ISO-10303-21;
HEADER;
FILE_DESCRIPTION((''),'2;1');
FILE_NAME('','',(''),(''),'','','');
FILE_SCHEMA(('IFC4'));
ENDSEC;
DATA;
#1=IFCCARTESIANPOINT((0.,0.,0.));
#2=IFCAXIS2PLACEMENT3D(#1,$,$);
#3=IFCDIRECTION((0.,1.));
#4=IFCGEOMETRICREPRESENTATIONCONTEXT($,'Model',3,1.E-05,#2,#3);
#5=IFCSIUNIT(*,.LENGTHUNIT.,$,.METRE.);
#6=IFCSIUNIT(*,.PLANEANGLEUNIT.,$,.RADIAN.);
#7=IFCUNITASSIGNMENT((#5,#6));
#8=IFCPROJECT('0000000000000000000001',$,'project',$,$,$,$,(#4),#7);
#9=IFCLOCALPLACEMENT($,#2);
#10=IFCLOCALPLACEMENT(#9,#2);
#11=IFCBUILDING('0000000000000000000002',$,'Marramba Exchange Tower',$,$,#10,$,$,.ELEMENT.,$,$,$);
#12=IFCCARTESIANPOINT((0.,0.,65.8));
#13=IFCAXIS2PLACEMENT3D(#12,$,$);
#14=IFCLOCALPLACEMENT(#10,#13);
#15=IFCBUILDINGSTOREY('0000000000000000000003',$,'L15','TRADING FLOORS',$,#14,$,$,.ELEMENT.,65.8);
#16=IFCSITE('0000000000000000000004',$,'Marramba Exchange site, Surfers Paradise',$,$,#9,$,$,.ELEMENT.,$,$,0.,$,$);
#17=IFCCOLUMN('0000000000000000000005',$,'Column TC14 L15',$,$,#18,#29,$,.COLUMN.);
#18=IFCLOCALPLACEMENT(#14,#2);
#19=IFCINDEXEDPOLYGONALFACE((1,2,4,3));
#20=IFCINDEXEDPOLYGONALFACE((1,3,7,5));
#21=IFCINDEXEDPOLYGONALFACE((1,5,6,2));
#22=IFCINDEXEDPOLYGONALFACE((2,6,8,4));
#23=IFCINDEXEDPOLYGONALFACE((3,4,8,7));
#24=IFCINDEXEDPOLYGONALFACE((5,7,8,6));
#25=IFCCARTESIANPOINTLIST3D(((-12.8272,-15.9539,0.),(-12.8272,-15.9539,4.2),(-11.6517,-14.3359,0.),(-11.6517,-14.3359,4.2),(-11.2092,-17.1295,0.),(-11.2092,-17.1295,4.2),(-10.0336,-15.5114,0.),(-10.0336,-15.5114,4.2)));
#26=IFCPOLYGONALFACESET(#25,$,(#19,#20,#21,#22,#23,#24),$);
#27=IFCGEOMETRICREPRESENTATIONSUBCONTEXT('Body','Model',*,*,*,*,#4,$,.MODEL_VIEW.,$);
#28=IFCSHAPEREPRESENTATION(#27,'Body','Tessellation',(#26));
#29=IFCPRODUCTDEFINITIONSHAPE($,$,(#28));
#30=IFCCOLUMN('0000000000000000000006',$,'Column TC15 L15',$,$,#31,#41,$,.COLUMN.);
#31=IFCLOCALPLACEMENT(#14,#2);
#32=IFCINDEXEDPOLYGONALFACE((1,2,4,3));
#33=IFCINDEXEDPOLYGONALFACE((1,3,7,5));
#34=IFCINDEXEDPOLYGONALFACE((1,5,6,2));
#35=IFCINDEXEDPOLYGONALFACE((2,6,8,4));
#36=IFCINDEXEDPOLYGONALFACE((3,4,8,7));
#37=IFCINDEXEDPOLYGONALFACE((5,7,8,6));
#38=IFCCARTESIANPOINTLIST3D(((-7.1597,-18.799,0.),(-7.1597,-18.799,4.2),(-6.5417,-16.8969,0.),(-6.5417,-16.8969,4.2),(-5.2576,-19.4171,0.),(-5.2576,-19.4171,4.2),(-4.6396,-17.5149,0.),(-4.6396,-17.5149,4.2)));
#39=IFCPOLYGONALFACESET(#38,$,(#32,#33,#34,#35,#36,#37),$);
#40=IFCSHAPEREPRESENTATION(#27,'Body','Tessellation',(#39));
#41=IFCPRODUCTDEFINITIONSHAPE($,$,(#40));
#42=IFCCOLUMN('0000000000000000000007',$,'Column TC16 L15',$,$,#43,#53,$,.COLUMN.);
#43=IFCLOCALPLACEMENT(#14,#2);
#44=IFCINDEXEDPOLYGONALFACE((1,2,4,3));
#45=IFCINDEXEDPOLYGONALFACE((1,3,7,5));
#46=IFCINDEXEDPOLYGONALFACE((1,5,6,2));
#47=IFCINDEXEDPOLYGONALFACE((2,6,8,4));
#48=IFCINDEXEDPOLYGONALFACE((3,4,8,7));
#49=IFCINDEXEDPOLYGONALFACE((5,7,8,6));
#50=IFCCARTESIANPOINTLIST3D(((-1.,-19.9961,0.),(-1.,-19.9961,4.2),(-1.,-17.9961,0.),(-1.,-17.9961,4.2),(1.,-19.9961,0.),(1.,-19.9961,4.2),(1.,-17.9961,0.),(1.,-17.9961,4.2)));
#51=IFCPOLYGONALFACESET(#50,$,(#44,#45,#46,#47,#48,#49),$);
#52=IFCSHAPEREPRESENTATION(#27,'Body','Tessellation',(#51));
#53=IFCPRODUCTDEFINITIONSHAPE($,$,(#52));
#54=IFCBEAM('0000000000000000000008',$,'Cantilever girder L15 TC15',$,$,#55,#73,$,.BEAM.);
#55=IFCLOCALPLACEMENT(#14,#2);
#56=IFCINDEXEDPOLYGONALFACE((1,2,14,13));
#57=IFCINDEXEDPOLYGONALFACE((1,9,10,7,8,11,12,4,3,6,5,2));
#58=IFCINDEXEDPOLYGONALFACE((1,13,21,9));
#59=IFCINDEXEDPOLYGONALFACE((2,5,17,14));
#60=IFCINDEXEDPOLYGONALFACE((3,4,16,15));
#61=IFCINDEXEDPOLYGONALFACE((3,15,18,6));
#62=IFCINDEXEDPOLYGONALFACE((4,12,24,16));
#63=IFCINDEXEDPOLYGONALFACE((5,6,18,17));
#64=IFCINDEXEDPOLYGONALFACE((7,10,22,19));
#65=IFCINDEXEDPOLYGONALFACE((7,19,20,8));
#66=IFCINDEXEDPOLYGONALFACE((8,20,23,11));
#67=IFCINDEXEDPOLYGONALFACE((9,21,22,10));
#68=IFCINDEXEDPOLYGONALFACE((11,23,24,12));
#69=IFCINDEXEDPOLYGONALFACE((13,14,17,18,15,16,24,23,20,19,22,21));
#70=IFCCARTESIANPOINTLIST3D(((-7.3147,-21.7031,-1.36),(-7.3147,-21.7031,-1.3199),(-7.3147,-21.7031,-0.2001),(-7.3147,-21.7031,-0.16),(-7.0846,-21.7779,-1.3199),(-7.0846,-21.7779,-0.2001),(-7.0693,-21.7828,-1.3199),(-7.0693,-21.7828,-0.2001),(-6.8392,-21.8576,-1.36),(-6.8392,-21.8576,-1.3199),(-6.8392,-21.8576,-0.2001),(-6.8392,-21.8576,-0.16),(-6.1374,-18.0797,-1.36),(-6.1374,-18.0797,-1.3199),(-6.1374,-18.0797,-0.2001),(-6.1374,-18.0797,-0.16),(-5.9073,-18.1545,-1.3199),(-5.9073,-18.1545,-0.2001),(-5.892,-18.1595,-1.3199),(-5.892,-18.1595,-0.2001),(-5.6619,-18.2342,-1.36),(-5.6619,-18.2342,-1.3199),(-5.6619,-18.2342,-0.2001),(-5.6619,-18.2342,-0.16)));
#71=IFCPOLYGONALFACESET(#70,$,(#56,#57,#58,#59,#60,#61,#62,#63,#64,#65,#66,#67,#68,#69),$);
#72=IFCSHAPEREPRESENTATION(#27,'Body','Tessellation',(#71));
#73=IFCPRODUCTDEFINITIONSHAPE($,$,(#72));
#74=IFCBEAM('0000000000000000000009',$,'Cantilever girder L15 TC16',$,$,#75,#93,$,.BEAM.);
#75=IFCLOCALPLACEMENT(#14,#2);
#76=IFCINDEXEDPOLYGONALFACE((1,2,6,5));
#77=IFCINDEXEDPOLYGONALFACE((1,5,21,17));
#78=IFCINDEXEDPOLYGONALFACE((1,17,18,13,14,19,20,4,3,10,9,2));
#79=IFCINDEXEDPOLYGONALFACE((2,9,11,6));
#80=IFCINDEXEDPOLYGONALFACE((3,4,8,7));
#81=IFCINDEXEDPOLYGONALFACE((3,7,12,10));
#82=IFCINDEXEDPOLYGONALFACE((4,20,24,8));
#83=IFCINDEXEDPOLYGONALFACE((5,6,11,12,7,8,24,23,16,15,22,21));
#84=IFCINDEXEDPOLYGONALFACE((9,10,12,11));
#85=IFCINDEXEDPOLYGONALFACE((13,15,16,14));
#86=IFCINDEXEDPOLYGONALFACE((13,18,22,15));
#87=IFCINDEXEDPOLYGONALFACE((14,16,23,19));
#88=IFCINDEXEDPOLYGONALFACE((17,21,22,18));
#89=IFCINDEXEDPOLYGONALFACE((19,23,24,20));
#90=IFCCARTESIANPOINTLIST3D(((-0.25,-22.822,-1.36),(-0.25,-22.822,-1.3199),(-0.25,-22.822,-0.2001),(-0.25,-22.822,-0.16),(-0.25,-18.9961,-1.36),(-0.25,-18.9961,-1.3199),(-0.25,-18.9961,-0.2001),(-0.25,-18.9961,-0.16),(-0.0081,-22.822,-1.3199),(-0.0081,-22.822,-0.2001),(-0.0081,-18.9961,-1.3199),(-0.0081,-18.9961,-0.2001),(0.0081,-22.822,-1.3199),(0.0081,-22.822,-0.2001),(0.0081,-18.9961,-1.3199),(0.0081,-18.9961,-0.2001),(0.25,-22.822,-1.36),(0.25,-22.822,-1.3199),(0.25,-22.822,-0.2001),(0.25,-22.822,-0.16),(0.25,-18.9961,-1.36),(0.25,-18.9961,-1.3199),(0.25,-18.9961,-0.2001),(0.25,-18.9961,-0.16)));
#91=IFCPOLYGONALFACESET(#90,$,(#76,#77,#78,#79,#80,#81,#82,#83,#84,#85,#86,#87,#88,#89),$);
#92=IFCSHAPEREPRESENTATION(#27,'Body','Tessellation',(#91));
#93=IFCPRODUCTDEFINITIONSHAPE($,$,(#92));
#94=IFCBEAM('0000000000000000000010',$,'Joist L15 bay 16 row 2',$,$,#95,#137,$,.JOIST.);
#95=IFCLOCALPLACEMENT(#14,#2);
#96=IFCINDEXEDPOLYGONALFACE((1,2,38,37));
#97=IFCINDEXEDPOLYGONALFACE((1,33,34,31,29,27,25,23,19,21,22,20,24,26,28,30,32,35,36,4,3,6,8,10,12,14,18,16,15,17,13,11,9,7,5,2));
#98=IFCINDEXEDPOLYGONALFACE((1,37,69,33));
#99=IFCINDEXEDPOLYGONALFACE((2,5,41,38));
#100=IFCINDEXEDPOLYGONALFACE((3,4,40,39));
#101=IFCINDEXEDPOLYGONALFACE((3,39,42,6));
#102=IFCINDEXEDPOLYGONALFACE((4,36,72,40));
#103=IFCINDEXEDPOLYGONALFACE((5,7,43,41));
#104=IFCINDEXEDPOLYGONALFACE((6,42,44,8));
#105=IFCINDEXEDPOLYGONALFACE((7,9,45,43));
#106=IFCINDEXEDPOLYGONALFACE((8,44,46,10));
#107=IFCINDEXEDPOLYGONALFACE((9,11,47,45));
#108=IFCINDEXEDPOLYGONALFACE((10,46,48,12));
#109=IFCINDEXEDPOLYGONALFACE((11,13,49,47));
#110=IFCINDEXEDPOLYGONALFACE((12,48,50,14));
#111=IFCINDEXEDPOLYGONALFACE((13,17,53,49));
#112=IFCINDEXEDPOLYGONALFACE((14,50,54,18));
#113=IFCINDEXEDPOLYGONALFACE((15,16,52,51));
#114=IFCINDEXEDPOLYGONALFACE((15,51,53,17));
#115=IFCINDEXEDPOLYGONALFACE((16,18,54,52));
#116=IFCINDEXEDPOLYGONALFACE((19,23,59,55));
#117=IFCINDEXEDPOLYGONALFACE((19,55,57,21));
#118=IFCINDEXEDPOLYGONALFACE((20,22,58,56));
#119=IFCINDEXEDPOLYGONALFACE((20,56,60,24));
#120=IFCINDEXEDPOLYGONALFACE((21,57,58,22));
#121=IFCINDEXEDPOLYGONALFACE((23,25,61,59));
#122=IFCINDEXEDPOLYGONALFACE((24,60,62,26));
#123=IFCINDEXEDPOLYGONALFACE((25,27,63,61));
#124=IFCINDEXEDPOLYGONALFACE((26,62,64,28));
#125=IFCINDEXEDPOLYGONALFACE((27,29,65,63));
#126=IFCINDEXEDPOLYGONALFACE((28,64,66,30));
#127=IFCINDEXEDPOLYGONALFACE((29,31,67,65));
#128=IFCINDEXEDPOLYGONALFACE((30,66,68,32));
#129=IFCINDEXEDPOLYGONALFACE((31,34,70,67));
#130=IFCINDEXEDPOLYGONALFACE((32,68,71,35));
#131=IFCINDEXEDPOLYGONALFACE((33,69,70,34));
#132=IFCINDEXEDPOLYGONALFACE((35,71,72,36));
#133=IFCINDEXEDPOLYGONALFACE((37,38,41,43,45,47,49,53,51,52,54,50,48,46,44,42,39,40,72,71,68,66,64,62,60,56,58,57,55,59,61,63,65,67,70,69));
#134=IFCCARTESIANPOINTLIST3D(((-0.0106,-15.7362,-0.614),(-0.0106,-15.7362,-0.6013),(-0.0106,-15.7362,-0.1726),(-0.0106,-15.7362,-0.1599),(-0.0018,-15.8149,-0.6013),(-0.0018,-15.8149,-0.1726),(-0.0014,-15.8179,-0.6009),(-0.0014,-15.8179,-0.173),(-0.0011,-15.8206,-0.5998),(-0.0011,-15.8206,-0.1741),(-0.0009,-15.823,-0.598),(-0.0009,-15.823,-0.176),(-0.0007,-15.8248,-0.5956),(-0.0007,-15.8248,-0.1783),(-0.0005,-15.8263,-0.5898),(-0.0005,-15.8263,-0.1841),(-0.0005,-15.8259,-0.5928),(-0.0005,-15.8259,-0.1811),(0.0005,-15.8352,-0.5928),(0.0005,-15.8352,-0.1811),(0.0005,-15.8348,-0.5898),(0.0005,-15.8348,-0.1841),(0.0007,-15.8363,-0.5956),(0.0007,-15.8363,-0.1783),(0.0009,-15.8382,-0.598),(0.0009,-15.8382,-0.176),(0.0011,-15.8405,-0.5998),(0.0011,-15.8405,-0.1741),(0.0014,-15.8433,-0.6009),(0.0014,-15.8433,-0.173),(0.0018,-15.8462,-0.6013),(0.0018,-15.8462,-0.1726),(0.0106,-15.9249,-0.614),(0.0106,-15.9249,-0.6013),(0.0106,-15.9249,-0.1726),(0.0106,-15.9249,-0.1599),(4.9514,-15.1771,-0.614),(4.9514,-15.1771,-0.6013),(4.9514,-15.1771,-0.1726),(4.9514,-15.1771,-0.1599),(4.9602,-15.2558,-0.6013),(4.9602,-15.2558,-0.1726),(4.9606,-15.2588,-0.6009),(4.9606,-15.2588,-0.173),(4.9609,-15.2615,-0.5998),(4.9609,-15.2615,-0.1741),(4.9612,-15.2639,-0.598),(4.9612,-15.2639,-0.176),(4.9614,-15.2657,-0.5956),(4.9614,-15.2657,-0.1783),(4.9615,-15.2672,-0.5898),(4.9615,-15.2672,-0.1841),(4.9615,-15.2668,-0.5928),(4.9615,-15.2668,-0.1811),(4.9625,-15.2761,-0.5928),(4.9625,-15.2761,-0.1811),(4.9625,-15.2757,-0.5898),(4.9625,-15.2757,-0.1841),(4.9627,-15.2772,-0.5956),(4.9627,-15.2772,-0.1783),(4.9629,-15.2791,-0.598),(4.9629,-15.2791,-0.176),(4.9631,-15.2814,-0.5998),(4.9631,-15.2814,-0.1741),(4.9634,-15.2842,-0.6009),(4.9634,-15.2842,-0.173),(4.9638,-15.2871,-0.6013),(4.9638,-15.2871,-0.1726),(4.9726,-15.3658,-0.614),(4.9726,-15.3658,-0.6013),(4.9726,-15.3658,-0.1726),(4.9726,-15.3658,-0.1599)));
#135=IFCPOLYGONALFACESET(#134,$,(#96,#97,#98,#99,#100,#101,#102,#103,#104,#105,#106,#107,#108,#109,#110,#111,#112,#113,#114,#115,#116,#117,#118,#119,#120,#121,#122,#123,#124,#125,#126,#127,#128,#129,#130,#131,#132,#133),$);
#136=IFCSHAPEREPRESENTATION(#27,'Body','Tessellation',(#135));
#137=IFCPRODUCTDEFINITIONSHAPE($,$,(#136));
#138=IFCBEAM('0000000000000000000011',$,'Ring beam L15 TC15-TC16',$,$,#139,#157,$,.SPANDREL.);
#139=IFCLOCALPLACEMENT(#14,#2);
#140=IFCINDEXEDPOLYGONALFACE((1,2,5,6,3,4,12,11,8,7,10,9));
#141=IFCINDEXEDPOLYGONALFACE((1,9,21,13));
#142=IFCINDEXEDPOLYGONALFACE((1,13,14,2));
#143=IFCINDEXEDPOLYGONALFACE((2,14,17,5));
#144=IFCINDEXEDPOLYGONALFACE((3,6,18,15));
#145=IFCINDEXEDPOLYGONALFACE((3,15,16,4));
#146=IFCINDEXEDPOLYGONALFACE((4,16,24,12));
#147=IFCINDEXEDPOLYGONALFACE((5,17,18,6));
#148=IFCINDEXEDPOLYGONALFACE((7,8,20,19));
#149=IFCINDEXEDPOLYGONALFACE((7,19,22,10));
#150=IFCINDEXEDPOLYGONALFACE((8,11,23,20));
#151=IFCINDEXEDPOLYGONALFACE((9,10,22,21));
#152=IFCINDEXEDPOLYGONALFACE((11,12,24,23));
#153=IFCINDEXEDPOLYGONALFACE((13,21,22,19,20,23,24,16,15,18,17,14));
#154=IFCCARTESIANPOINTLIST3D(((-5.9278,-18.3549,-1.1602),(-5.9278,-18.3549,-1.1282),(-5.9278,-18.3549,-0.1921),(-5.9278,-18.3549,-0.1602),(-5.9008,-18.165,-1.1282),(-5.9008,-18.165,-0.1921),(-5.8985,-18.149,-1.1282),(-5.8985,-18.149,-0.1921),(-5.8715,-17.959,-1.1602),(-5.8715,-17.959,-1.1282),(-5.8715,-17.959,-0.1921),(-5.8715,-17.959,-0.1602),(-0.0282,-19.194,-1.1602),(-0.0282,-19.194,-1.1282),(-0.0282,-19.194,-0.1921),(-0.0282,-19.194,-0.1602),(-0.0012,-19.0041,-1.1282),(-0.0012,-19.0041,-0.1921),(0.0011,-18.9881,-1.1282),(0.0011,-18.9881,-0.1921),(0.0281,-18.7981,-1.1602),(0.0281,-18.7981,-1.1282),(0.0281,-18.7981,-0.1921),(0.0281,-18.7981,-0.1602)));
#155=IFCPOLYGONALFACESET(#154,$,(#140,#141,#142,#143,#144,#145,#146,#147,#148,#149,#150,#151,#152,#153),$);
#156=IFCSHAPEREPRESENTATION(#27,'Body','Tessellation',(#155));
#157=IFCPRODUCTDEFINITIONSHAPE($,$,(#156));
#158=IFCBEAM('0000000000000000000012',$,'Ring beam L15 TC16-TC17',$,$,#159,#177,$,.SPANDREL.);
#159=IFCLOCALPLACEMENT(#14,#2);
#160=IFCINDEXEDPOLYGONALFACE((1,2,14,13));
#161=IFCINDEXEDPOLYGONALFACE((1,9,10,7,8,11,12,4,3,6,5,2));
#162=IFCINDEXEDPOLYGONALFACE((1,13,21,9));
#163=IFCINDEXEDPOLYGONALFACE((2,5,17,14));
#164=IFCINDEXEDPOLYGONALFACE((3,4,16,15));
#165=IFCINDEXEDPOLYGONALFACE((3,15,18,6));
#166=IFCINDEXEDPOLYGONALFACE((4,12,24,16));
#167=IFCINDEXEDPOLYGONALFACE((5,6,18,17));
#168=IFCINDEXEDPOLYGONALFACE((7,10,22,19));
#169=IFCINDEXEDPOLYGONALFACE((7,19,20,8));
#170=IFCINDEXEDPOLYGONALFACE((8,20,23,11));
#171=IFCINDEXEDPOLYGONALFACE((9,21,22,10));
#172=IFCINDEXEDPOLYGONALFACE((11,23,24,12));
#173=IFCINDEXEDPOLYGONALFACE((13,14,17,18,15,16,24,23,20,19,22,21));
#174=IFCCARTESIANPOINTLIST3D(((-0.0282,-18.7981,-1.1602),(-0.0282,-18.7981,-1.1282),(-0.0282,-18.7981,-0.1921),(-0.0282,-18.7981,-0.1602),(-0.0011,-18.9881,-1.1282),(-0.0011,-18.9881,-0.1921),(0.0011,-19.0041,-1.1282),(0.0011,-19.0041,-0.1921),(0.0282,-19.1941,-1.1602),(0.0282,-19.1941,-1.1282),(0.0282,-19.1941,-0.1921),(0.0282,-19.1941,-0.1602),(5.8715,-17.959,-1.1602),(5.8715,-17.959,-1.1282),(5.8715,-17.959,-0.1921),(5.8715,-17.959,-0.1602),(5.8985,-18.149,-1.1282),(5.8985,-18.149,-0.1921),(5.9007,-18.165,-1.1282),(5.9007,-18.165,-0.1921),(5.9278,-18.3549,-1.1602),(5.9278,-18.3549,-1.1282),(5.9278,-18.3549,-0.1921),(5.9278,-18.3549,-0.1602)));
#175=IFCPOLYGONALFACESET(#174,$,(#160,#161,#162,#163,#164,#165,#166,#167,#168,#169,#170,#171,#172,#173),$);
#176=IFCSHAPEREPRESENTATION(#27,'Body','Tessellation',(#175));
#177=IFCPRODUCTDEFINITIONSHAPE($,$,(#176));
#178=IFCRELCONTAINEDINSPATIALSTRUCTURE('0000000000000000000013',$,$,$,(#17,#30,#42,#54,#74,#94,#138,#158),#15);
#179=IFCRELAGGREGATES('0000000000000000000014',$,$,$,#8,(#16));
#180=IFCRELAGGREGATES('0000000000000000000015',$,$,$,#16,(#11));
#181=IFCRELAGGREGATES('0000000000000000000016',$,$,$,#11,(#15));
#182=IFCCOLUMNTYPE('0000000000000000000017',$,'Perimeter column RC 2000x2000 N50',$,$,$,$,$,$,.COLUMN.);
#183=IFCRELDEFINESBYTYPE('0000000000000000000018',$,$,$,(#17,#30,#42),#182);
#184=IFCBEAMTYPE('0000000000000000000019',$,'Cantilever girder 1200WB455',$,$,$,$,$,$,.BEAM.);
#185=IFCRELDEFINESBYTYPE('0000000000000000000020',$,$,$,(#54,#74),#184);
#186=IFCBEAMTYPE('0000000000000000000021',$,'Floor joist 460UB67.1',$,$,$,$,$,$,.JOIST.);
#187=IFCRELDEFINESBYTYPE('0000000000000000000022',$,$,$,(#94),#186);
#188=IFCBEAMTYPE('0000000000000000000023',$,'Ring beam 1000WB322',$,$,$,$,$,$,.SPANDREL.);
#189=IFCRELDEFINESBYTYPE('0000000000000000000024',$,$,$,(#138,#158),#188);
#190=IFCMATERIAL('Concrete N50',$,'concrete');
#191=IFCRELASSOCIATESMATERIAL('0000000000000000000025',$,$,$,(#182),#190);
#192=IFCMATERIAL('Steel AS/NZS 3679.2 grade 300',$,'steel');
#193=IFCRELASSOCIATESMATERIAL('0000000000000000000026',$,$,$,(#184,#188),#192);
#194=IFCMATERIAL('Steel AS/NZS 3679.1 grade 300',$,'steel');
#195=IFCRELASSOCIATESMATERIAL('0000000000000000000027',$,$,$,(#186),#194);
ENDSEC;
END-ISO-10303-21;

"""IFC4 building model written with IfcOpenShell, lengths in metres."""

from ifc_helpers import new_model, si_unit, direction, frame, origin, origin_2d, place, context, subcontext, project, spatial, rectangle, i_section, extrude, material, material_profile, profile_set, type_object, element, save


model = new_model("IFC4")

# Units and contexts
model_context = context("Model", 3, precision=1e-05, world=origin(), true_north=direction((0.0, 1.0)))
body_context = subcontext(model_context, "Body", "Model", "MODEL_VIEW")
ifc_project = project(units=[si_unit("LENGTHUNIT", "METRE"), si_unit("PLANEANGLEUNIT", "RADIAN")], contexts=[model_context])

# Site, building, storey
site_placement = place(None, origin())
site = spatial("IfcSite", under=ifc_project, at=site_placement, Name="Marramba Exchange site, Surfers Paradise", CompositionType="ELEMENT", RefElevation=0.0)
building_placement = place(site_placement, origin())
building = spatial("IfcBuilding", under=site, at=building_placement, Name="Marramba Exchange Tower", CompositionType="ELEMENT")
storey_placement = place(building_placement, frame((0.0, 0.0, 65.8)))
storey = spatial("IfcBuildingStorey", under=building, at=storey_placement, Name="L15", Description="TRADING FLOORS", CompositionType="ELEMENT", Elevation=65.8)

# Columns
ifc_material_1 = material(Name="Concrete N50", Category="concrete")
ifc_material_profile_1 = material_profile(ifc_material_1, rectangle(XDim=2.0, YDim=2.0, at=origin_2d()), Name="RC 2000x2000")
ifc_profile_set_1 = profile_set([ifc_material_profile_1], Name="Concrete N50")
column_type = type_object("IfcColumnType", Name="Perimeter column RC 2000x2000 N50", PredefinedType="COLUMN", material=ifc_profile_set_1)
for number, where, z_axis, x_axis, name in (
    (1, (-11.4304, -15.7327, 0.0), (0.0, 0.0, 1.0), (-0.587785, -0.809017, 0.0), "Column TC14 L15"),
    (2, (-5.8997, -18.157, 0.0), (0.0, 0.0, 1.0), (-0.309017, -0.951057, 0.0), "Column TC15 L15"),
    (3, (0.0, -18.9961, 0.0), (0.0, 0.0, 1.0), (0.0, -1.0, 0.0), "Column TC16 L15"),
):
    element("IfcColumn", number, at=place(storey_placement, frame(where, z_axis=z_axis, x_axis=x_axis)), inside=storey, type_object=column_type, Name=name, PredefinedType="COLUMN", context=body_context, shape_type="SweptSolid", body=[
        extrude(rectangle(XDim=2.0, YDim=2.0, at=origin_2d()), origin(), (0.0, 0.0, 1.0), 4.2),
    ])

# Beams
ifc_material_2 = material(Name="Steel AS/NZS 3679.2 grade 300", Category="steel")
ifc_material_profile_2 = material_profile(ifc_material_2, i_section(OverallWidth=0.5, OverallDepth=1.2, WebThickness=0.0161, FlangeThickness=0.04, at=origin_2d()), Name="1200WB455")
ifc_profile_set_2 = profile_set([ifc_material_profile_2], Name="Steel AS/NZS 3679.2 grade 300")
beam_type_1 = type_object("IfcBeamType", Name="Cantilever girder 1200WB455", PredefinedType="BEAM", material=ifc_profile_set_2)
beam_1_placement = place(storey_placement, frame((-5.8997, -18.157, -0.76), z_axis=(-0.309009, -0.951059, 0.0), x_axis=(0.951059, -0.309009, 0.0)))
element("IfcBeam", 4, at=beam_1_placement, inside=storey, type_object=beam_type_1, Name="Cantilever girder L15 TC15", PredefinedType="BEAM", context=body_context, shape_type="SweptSolid", body=[
    extrude(i_section(OverallWidth=0.5, OverallDepth=1.2, WebThickness=0.0161, FlangeThickness=0.04, at=origin_2d()), origin(), (0.0, 0.0, 1.0), 3.8098),
])
beam_2_placement = place(storey_placement, frame((0.0, -18.9961, -0.76), z_axis=(0.0, -1.0, 0.0), x_axis=(1.0, 0.0, 0.0)))
element("IfcBeam", 5, at=beam_2_placement, inside=storey, type_object=beam_type_1, Name="Cantilever girder L15 TC16", PredefinedType="BEAM", context=body_context, shape_type="SweptSolid", body=[
    extrude(i_section(OverallWidth=0.5, OverallDepth=1.2, WebThickness=0.0161, FlangeThickness=0.04, at=origin_2d()), origin(), (0.0, 0.0, 1.0), 3.8259),
])
ifc_material_3 = material(Name="Steel AS/NZS 3679.1 grade 300", Category="steel")
ifc_material_profile_3 = material_profile(ifc_material_3, i_section(OverallWidth=0.1899, OverallDepth=0.4541, WebThickness=0.0085, FlangeThickness=0.0127, FilletRadius=0.0115, at=origin_2d()), Name="460UB67.1")
ifc_profile_set_3 = profile_set([ifc_material_profile_3], Name="Steel AS/NZS 3679.1 grade 300")
beam_type_2 = type_object("IfcBeamType", Name="Floor joist 460UB67.1", PredefinedType="JOIST", material=ifc_profile_set_3)
beam_3_placement = place(storey_placement, frame((0.0, -15.8306, -0.387), z_axis=(0.993712, 0.111966, 0.0), x_axis=(-0.111966, 0.993712, 0.0)))
element("IfcBeam", 6, at=beam_3_placement, inside=storey, type_object=beam_type_2, Name="Joist L15 bay 16 row 2", PredefinedType="JOIST", context=body_context, shape_type="SweptSolid", body=[
    extrude(i_section(OverallWidth=0.1899, OverallDepth=0.4541, WebThickness=0.0085, FlangeThickness=0.0127, FilletRadius=0.0115, at=origin_2d()), origin(), (0.0, 0.0, 1.0), 4.9934),
])
ifc_material_profile_4 = material_profile(ifc_material_2, i_section(OverallWidth=0.3999, OverallDepth=1.0, WebThickness=0.0161, FlangeThickness=0.032, at=origin_2d()), Name="1000WB322")
ifc_profile_set_4 = profile_set([ifc_material_profile_4], Name="Steel AS/NZS 3679.2 grade 300")
beam_type_3 = type_object("IfcBeamType", Name="Ring beam 1000WB322", PredefinedType="SPANDREL", material=ifc_profile_set_4)
for number, where, z_axis, x_axis, name in (
    (7, (-5.8997, -18.157, -0.6602), (0.990036, -0.140813, 0.0), (0.140813, 0.990036, 0.0), "Ring beam L15 TC15-TC16"),
    (8, (0.0, -18.9961, -0.6602), (0.990036, 0.140813, 0.0), (-0.140813, 0.990036, 0.0), "Ring beam L15 TC16-TC17"),
):
    element("IfcBeam", number, at=place(storey_placement, frame(where, z_axis=z_axis, x_axis=x_axis)), inside=storey, type_object=beam_type_3, Name=name, PredefinedType="SPANDREL", context=body_context, shape_type="SweptSolid", body=[
        extrude(i_section(OverallWidth=0.3999, OverallDepth=1.0, WebThickness=0.0161, FlangeThickness=0.032, at=origin_2d()), origin(), (0.0, 0.0, 1.0), 5.959),
    ])

save(model, "model.ifc")
